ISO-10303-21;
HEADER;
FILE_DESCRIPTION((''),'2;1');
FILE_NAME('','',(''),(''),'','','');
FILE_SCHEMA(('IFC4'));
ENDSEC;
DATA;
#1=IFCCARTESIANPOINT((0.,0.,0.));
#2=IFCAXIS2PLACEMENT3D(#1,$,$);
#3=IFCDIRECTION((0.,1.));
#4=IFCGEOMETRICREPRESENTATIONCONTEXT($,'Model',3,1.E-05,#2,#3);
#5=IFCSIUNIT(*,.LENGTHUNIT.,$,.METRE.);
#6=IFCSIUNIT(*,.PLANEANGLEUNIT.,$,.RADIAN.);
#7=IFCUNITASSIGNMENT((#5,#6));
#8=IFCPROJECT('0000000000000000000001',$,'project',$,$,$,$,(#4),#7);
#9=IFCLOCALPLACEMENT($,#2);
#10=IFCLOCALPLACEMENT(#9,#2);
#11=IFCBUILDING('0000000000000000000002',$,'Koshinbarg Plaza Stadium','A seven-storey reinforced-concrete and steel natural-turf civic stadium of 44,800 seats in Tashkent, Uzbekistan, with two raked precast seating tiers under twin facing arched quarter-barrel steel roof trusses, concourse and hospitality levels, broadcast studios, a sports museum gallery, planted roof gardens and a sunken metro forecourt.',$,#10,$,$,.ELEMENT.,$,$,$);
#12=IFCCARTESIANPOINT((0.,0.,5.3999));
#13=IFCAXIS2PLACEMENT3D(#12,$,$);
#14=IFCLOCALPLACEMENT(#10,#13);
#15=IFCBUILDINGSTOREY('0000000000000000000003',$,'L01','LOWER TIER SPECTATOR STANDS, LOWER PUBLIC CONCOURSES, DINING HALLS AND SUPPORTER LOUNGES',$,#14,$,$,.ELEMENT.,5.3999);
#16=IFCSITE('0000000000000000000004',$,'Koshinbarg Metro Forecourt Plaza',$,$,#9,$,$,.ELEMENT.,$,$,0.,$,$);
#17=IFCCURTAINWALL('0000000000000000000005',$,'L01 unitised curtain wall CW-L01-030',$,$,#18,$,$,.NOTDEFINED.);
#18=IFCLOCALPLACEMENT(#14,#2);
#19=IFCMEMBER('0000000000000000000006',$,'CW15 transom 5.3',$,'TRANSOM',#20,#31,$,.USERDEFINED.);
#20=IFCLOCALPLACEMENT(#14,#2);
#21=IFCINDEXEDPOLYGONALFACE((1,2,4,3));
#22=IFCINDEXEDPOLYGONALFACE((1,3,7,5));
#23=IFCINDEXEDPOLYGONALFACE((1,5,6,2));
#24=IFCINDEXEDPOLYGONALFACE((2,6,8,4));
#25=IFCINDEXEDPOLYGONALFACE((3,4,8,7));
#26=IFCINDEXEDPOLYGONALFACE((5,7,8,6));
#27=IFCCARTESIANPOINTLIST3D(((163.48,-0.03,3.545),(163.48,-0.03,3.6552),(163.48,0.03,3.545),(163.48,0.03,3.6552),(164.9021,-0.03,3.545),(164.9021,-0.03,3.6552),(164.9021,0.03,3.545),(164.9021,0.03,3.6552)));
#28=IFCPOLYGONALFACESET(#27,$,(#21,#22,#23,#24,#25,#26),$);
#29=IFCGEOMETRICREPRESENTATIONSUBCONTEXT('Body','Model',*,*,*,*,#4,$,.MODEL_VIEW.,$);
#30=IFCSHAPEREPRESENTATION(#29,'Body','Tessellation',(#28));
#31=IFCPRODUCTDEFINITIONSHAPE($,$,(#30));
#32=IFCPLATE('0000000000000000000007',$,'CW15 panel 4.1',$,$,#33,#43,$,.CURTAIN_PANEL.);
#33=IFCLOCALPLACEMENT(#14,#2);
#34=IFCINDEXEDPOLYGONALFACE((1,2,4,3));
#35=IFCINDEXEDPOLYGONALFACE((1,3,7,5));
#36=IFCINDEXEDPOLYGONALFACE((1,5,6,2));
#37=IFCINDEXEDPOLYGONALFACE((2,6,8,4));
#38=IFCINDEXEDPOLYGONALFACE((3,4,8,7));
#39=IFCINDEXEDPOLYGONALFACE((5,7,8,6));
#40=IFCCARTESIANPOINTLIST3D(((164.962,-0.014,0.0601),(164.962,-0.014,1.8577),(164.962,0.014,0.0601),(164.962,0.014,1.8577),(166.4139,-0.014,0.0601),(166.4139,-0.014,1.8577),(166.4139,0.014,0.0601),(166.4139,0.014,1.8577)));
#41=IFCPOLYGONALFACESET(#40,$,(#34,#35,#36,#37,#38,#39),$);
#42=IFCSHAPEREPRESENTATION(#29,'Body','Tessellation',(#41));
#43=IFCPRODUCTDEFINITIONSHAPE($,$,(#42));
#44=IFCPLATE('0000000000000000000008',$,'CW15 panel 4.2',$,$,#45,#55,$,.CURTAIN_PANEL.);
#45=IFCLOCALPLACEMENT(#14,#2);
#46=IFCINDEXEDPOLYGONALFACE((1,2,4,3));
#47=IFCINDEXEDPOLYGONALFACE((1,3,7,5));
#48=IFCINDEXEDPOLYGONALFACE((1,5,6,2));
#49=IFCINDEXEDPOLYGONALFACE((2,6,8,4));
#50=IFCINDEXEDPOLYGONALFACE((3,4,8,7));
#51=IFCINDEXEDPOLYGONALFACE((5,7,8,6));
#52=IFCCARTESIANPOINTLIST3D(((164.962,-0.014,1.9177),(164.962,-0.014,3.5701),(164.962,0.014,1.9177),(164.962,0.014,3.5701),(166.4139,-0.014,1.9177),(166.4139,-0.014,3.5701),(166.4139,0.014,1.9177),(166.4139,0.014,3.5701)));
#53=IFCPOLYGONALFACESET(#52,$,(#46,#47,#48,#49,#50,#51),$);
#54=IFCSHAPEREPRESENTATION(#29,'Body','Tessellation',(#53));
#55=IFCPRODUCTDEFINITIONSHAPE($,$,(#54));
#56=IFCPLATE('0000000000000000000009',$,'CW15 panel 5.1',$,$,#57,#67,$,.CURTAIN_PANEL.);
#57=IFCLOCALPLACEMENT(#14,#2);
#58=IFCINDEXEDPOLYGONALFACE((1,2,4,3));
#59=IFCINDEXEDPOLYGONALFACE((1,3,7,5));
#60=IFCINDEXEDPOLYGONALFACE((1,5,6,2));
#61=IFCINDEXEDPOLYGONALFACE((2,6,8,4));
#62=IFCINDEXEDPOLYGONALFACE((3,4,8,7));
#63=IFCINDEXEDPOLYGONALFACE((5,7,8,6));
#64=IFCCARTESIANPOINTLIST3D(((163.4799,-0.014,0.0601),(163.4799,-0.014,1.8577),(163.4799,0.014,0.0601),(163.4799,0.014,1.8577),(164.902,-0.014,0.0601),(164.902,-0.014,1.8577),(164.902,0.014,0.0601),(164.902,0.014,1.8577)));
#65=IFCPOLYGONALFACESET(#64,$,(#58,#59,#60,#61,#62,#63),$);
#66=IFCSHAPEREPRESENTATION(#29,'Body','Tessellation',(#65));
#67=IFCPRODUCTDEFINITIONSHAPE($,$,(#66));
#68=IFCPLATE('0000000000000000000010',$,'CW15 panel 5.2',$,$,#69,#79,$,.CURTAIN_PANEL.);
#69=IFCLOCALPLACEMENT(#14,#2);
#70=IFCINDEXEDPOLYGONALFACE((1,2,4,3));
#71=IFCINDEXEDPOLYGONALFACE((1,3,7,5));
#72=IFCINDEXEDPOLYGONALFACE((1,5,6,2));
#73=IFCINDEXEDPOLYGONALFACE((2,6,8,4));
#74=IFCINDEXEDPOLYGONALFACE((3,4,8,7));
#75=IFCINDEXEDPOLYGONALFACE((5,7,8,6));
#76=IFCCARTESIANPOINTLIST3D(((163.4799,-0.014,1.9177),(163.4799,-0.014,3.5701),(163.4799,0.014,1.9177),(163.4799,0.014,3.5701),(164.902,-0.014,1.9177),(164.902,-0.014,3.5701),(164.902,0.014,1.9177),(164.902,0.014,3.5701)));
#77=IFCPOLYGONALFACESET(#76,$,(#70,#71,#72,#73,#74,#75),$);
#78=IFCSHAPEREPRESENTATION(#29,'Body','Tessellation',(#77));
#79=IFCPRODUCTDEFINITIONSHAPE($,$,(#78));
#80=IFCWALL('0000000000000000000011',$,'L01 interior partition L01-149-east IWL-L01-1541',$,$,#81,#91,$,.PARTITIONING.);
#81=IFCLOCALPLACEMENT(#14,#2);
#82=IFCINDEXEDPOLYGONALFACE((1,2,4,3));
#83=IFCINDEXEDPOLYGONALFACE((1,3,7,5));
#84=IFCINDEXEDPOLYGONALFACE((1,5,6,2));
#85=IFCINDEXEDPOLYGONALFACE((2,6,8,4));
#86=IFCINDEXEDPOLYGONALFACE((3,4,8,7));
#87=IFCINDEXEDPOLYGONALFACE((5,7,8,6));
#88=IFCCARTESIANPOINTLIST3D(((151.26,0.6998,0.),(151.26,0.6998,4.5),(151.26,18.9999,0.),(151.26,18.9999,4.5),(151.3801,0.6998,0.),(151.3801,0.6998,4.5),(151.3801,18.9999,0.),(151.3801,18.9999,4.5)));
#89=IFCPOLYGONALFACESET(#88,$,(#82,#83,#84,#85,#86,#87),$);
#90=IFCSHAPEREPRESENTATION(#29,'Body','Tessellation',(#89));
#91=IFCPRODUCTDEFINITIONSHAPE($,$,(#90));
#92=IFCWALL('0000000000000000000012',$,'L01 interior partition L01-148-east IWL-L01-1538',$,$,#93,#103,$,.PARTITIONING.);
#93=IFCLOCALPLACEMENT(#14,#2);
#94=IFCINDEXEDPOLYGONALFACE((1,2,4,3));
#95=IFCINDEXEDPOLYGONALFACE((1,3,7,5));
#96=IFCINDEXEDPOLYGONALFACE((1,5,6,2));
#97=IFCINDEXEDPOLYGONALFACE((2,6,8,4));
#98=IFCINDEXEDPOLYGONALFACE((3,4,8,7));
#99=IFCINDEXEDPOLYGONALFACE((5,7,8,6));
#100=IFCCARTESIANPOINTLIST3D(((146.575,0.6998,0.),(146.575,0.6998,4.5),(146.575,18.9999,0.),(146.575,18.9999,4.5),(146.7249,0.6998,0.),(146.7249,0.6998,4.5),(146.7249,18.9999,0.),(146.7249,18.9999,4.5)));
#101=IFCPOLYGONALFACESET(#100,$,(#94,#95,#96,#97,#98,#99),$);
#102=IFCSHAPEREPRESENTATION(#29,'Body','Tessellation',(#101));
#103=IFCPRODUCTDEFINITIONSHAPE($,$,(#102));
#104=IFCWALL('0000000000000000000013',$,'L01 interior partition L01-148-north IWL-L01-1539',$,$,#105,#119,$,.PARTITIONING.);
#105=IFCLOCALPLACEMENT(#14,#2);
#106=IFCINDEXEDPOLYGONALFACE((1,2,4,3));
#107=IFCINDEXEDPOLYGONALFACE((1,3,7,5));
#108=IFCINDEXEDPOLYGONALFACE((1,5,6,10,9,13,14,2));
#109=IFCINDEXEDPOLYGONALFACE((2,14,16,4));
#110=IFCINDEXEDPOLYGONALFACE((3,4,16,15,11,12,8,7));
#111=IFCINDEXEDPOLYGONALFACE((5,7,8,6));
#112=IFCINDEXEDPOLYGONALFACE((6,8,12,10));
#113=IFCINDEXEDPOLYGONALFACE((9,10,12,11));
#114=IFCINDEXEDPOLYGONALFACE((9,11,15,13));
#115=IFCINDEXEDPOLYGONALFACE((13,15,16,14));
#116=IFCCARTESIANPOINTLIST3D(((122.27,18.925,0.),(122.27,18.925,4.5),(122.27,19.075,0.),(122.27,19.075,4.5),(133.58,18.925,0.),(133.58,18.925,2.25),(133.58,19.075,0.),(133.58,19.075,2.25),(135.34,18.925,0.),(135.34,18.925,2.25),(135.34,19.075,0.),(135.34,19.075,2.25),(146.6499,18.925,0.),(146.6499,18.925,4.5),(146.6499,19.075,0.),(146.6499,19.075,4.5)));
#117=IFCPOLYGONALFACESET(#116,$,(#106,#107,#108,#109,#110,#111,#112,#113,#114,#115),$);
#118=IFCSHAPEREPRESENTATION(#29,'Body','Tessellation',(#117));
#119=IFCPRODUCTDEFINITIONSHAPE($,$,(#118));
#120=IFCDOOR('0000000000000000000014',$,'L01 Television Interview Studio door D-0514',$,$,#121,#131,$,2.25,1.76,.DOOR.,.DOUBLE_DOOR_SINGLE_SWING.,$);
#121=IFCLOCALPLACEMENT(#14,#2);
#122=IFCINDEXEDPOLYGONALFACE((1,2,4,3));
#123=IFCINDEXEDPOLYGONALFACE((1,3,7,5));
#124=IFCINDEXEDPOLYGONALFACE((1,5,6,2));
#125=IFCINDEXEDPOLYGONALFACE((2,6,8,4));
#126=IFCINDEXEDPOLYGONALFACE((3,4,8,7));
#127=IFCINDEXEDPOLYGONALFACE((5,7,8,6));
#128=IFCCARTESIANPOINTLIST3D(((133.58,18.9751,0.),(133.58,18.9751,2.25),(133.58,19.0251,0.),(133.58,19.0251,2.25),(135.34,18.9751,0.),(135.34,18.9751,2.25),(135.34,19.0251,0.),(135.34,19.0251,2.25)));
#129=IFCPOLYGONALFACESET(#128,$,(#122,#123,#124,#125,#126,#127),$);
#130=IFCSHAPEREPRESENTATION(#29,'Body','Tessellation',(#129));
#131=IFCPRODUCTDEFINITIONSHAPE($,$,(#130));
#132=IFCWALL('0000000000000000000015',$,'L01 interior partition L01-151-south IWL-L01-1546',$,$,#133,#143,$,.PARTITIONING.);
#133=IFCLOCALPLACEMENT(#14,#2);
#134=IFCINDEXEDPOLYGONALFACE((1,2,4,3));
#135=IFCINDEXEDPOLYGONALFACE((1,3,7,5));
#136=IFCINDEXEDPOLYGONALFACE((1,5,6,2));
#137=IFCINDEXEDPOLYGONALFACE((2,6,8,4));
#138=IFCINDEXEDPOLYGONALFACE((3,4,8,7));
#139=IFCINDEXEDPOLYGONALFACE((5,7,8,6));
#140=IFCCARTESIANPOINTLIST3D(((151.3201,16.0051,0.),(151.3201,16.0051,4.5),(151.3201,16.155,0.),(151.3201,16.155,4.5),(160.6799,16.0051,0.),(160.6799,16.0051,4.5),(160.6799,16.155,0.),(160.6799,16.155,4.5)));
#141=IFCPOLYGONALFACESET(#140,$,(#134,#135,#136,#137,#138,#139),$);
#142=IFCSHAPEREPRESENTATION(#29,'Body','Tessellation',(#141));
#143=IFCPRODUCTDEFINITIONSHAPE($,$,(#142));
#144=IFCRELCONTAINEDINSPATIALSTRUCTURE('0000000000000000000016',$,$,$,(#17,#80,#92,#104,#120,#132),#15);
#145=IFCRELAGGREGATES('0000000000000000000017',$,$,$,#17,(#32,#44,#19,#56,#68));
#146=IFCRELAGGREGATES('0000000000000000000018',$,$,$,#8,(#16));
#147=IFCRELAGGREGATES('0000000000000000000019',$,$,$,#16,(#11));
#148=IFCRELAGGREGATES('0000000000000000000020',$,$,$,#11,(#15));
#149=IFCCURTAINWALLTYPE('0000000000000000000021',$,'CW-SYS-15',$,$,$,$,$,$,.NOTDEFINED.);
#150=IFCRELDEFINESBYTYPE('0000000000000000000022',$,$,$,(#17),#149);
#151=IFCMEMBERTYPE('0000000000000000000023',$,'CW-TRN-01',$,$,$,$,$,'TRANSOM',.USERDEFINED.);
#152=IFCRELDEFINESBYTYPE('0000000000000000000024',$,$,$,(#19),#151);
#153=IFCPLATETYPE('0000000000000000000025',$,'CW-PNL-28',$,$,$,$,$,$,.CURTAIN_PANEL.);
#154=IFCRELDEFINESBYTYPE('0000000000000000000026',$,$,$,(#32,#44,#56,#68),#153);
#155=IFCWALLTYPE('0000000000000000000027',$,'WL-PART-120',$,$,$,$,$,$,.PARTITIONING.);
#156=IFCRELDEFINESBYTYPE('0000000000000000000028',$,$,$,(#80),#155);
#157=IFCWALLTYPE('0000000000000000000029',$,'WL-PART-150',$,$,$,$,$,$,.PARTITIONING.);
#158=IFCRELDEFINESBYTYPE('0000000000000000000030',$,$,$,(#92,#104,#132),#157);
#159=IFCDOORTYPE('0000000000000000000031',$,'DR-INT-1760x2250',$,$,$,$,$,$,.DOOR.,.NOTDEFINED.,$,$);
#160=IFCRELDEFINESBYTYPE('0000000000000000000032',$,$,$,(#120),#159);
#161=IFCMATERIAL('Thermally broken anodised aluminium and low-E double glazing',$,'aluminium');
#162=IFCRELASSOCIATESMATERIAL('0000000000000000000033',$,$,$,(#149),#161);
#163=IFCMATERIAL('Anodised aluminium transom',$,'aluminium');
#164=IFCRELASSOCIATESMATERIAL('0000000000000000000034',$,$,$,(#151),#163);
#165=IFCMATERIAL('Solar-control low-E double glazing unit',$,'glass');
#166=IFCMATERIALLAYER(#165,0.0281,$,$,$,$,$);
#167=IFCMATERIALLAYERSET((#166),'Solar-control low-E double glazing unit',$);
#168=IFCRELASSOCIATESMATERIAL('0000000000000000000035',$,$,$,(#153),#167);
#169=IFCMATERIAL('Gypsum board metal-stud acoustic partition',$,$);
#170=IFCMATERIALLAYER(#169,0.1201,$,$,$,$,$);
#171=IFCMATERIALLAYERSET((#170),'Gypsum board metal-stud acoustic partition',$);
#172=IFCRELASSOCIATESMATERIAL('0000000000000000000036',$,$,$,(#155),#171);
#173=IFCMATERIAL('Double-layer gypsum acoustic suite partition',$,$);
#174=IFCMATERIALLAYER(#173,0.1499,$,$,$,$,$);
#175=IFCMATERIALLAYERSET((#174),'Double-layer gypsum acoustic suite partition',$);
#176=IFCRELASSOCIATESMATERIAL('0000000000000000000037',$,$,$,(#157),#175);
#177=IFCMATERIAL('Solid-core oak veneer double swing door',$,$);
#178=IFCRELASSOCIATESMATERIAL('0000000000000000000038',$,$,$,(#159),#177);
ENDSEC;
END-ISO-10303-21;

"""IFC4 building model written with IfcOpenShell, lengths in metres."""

from ifc_helpers import new_model, si_unit, direction, frame, frame_2d, origin, origin_2d, place, context, subcontext, project, spatial, rectangle, extrude, material, layer, layer_set, material_profile, profile_set, type_object, element, fill, aggregate, save


model = new_model("IFC4")

# Units and contexts
model_context = context("Model", 3, precision=1e-05, world=origin(), true_north=direction((0.0, 1.0)))
body_context = subcontext(model_context, "Body", "Model", "MODEL_VIEW")
ifc_project = project(units=[si_unit("LENGTHUNIT", "METRE"), si_unit("PLANEANGLEUNIT", "RADIAN")], contexts=[model_context])

# Site, building, storey
site_placement = place(None, origin())
site = spatial("IfcSite", under=ifc_project, at=site_placement, Name="Koshinbarg Metro Forecourt Plaza", CompositionType="ELEMENT", RefElevation=0.0)
building_placement = place(site_placement, origin())
building = spatial("IfcBuilding", under=site, at=building_placement, Name="Koshinbarg Plaza Stadium", Description="A seven-storey reinforced-concrete and steel natural-turf civic stadium of 44,800 seats in Tashkent, Uzbekistan, with two raked precast seating tiers under twin facing arched quarter-barrel steel roof trusses, concourse and hospitality levels, broadcast studios, a sports museum gallery, planted roof gardens and a sunken metro forecourt.", CompositionType="ELEMENT")
storey_placement = place(building_placement, frame((0.0, 0.0, 5.3999)))
storey = spatial("IfcBuildingStorey", under=building, at=storey_placement, Name="L01", Description="LOWER TIER SPECTATOR STANDS, LOWER PUBLIC CONCOURSES, DINING HALLS AND SUPPORTER LOUNGES", CompositionType="ELEMENT", Elevation=5.3999)

# Curtain wall, member, plates
ifc_material_1 = material(Name="Thermally broken anodised aluminium and low-E double glazing", Category="aluminium")
curtain_wall_type = type_object("IfcCurtainWallType", Name="CW-SYS-15", PredefinedType="NOTDEFINED", material=ifc_material_1)
curtain_wall_placement = place(storey_placement, origin())
curtain_wall = element("IfcCurtainWall", 1, at=curtain_wall_placement, inside=storey, type_object=curtain_wall_type, Name="L01 unitised curtain wall CW-L01-030", PredefinedType="NOTDEFINED")
ifc_material_2 = material(Name="Anodised aluminium transom", Category="aluminium")
ifc_material_profile_1 = material_profile(ifc_material_2, rectangle(XDim=0.0601, YDim=0.1101, at=origin_2d()), Name="ALU 60x110")
ifc_profile_set_1 = profile_set([ifc_material_profile_1], Name="Anodised aluminium transom")
member_type_1 = type_object("IfcMemberType", Name="CW-TRN-01", ElementType="TRANSOM", PredefinedType="USERDEFINED", material=ifc_profile_set_1)
member_1_placement = place(storey_placement, frame((164.9021, 0.0, 3.6001), z_axis=(-1.0, 0.0, 0.0), x_axis=(0.0, -1.0, 0.0)))
member_1 = element("IfcMember", 2, at=member_1_placement, type_object=member_type_1, Name="CW15 transom 5.3", ObjectType="TRANSOM", PredefinedType="USERDEFINED", context=body_context, shape_type="SweptSolid", body=[
    extrude(rectangle(XDim=0.0601, YDim=0.1101, at=origin_2d()), origin(), (0.0, 0.0, 1.0), 1.4221),
])
ifc_material_3 = material(Name="Solar-control low-E double glazing unit", Category="glass")
ifc_layer_1 = layer(ifc_material_3, 0.0281)
ifc_layer_set_1 = layer_set([ifc_layer_1], Name="Solar-control low-E double glazing unit")
plate_type = type_object("IfcPlateType", Name="CW-PNL-28", PredefinedType="CURTAIN_PANEL", material=ifc_layer_set_1)
plate_1_placement = place(storey_placement, frame((165.688, 0.0, 0.0601), z_axis=(0.0, 0.0, 1.0), x_axis=(-1.0, 0.0, 0.0)))
plate_1 = element("IfcPlate", 3, at=plate_1_placement, type_object=plate_type, Name="CW15 panel 4.1", PredefinedType="CURTAIN_PANEL", context=body_context, shape_type="SweptSolid", body=[
    extrude(rectangle(XDim=1.4519, YDim=0.0281, at=origin_2d()), origin(), (0.0, 0.0, 1.0), 1.7976),
])
plate_2_placement = place(storey_placement, frame((165.688, 0.0, 1.9177), z_axis=(0.0, 0.0, 1.0), x_axis=(-1.0, 0.0, 0.0)))
plate_2 = element("IfcPlate", 4, at=plate_2_placement, type_object=plate_type, Name="CW15 panel 4.2", PredefinedType="CURTAIN_PANEL", context=body_context, shape_type="SweptSolid", body=[
    extrude(rectangle(XDim=1.4519, YDim=0.0281, at=origin_2d()), origin(), (0.0, 0.0, 1.0), 1.6523),
])
plate_3_placement = place(storey_placement, frame((164.1909, 0.0, 0.0601), z_axis=(0.0, 0.0, 1.0), x_axis=(-1.0, 0.0, 0.0)))
plate_3 = element("IfcPlate", 5, at=plate_3_placement, type_object=plate_type, Name="CW15 panel 5.1", PredefinedType="CURTAIN_PANEL", context=body_context, shape_type="SweptSolid", body=[
    extrude(rectangle(XDim=1.4221, YDim=0.0281, at=origin_2d()), origin(), (0.0, 0.0, 1.0), 1.7976),
])
plate_4_placement = place(storey_placement, frame((164.1909, 0.0, 1.9177), z_axis=(0.0, 0.0, 1.0), x_axis=(-1.0, 0.0, 0.0)))
plate_4 = element("IfcPlate", 6, at=plate_4_placement, type_object=plate_type, Name="CW15 panel 5.2", PredefinedType="CURTAIN_PANEL", context=body_context, shape_type="SweptSolid", body=[
    extrude(rectangle(XDim=1.4221, YDim=0.0281, at=origin_2d()), origin(), (0.0, 0.0, 1.0), 1.6523),
])
aggregate(curtain_wall, [plate_1, plate_2, member_1, plate_3, plate_4])

# Walls
ifc_material_4 = material(Name="Gypsum board metal-stud acoustic partition")
ifc_layer_2 = layer(ifc_material_4, 0.1201)
ifc_layer_set_2 = layer_set([ifc_layer_2], Name="Gypsum board metal-stud acoustic partition")
wall_type_1 = type_object("IfcWallType", Name="WL-PART-120", PredefinedType="PARTITIONING", material=ifc_layer_set_2)
wall_1_placement = place(storey_placement, frame((151.3201, 0.7, 0.0), z_axis=(0.0, 0.0, 1.0), x_axis=(0.0, 1.0, 0.0)))
element("IfcWall", 7, at=wall_1_placement, inside=storey, type_object=wall_type_1, Name="L01 interior partition L01-149-east IWL-L01-1541", PredefinedType="PARTITIONING", context=body_context, shape_type="SweptSolid", body=[
    extrude(rectangle(XDim=18.3, YDim=0.1201, at=frame_2d((9.1499, 0.0))), origin(), (0.0, 0.0, 1.0), 4.5),
])
ifc_material_5 = material(Name="Double-layer gypsum acoustic suite partition")
ifc_layer_3 = layer(ifc_material_5, 0.1499)
ifc_layer_set_3 = layer_set([ifc_layer_3], Name="Double-layer gypsum acoustic suite partition")
wall_type_2 = type_object("IfcWallType", Name="WL-PART-150", PredefinedType="PARTITIONING", material=ifc_layer_set_3)
wall_2_placement = place(storey_placement, frame((146.6499, 0.7, 0.0), z_axis=(0.0, 0.0, 1.0), x_axis=(0.0, 1.0, 0.0)))
element("IfcWall", 8, at=wall_2_placement, inside=storey, type_object=wall_type_2, Name="L01 interior partition L01-148-east IWL-L01-1538", PredefinedType="PARTITIONING", context=body_context, shape_type="SweptSolid", body=[
    extrude(rectangle(XDim=18.3, YDim=0.1499, at=frame_2d((9.1499, 0.0))), origin(), (0.0, 0.0, 1.0), 4.5),
])

# Wall, opening, door
wall_3_placement = place(storey_placement, frame((146.6499, 19.0, 0.0), z_axis=(0.0, 0.0, 1.0), x_axis=(-1.0, 0.0, 0.0)))
wall_3 = element("IfcWall", 9, at=wall_3_placement, inside=storey, type_object=wall_type_2, Name="L01 interior partition L01-148-north IWL-L01-1539", PredefinedType="PARTITIONING", context=body_context, shape_type="SweptSolid", body=[
    extrude(rectangle(XDim=24.3799, YDim=0.1499, at=frame_2d((12.1899, 0.0))), origin(), (0.0, 0.0, 1.0), 4.5),
])
opening_placement = place(wall_3_placement, frame((11.3101, 0.0, 0.0)))
opening = element("IfcOpeningElement", 10, at=opening_placement, cuts=wall_3, PredefinedType="OPENING", context=body_context, shape_type="SweptSolid", body=[
    extrude(rectangle(XDim=1.76, YDim=2.25, at=frame_2d((0.8799, 1.125))), frame((0.0, 0.085, 0.0), z_axis=(0.0, -1.0, 0.0), x_axis=(1.0, 0.0, 0.0)), (0.0, 0.0, 1.0), 0.1699),
])
ifc_material_6 = material(Name="Solid-core oak veneer double swing door")
door_type = type_object("IfcDoorType", Name="DR-INT-1760x2250", OperationType="NOTDEFINED", PredefinedType="DOOR", material=ifc_material_6)
door_placement = place(opening_placement, origin())
door = element("IfcDoor", 11, at=door_placement, inside=storey, type_object=door_type, Name="L01 Television Interview Studio door D-0514", OperationType="DOUBLE_DOOR_SINGLE_SWING", OverallHeight=2.25, OverallWidth=1.76, PredefinedType="DOOR", context=body_context, shape_type="SweptSolid", body=[
    extrude(rectangle(XDim=1.76, YDim=2.25, at=frame_2d((0.8799, 1.125))), frame((0.0, 0.0249, 0.0), z_axis=(0.0, -1.0, 0.0), x_axis=(1.0, 0.0, 0.0)), (0.0, 0.0, 1.0), 0.05),
])
fill(opening, door)

# Wall
wall_4_placement = place(storey_placement, frame((151.3201, 16.0801, 0.0), z_axis=(0.0, 0.0, 1.0), x_axis=(1.0, 0.0, 0.0)))
element("IfcWall", 12, at=wall_4_placement, inside=storey, type_object=wall_type_2, Name="L01 interior partition L01-151-south IWL-L01-1546", PredefinedType="PARTITIONING", context=body_context, shape_type="SweptSolid", body=[
    extrude(rectangle(XDim=9.3599, YDim=0.1499, at=frame_2d((4.6799, 0.0))), origin(), (0.0, 0.0, 1.0), 4.5),
])

save(model, "model.ifc")
